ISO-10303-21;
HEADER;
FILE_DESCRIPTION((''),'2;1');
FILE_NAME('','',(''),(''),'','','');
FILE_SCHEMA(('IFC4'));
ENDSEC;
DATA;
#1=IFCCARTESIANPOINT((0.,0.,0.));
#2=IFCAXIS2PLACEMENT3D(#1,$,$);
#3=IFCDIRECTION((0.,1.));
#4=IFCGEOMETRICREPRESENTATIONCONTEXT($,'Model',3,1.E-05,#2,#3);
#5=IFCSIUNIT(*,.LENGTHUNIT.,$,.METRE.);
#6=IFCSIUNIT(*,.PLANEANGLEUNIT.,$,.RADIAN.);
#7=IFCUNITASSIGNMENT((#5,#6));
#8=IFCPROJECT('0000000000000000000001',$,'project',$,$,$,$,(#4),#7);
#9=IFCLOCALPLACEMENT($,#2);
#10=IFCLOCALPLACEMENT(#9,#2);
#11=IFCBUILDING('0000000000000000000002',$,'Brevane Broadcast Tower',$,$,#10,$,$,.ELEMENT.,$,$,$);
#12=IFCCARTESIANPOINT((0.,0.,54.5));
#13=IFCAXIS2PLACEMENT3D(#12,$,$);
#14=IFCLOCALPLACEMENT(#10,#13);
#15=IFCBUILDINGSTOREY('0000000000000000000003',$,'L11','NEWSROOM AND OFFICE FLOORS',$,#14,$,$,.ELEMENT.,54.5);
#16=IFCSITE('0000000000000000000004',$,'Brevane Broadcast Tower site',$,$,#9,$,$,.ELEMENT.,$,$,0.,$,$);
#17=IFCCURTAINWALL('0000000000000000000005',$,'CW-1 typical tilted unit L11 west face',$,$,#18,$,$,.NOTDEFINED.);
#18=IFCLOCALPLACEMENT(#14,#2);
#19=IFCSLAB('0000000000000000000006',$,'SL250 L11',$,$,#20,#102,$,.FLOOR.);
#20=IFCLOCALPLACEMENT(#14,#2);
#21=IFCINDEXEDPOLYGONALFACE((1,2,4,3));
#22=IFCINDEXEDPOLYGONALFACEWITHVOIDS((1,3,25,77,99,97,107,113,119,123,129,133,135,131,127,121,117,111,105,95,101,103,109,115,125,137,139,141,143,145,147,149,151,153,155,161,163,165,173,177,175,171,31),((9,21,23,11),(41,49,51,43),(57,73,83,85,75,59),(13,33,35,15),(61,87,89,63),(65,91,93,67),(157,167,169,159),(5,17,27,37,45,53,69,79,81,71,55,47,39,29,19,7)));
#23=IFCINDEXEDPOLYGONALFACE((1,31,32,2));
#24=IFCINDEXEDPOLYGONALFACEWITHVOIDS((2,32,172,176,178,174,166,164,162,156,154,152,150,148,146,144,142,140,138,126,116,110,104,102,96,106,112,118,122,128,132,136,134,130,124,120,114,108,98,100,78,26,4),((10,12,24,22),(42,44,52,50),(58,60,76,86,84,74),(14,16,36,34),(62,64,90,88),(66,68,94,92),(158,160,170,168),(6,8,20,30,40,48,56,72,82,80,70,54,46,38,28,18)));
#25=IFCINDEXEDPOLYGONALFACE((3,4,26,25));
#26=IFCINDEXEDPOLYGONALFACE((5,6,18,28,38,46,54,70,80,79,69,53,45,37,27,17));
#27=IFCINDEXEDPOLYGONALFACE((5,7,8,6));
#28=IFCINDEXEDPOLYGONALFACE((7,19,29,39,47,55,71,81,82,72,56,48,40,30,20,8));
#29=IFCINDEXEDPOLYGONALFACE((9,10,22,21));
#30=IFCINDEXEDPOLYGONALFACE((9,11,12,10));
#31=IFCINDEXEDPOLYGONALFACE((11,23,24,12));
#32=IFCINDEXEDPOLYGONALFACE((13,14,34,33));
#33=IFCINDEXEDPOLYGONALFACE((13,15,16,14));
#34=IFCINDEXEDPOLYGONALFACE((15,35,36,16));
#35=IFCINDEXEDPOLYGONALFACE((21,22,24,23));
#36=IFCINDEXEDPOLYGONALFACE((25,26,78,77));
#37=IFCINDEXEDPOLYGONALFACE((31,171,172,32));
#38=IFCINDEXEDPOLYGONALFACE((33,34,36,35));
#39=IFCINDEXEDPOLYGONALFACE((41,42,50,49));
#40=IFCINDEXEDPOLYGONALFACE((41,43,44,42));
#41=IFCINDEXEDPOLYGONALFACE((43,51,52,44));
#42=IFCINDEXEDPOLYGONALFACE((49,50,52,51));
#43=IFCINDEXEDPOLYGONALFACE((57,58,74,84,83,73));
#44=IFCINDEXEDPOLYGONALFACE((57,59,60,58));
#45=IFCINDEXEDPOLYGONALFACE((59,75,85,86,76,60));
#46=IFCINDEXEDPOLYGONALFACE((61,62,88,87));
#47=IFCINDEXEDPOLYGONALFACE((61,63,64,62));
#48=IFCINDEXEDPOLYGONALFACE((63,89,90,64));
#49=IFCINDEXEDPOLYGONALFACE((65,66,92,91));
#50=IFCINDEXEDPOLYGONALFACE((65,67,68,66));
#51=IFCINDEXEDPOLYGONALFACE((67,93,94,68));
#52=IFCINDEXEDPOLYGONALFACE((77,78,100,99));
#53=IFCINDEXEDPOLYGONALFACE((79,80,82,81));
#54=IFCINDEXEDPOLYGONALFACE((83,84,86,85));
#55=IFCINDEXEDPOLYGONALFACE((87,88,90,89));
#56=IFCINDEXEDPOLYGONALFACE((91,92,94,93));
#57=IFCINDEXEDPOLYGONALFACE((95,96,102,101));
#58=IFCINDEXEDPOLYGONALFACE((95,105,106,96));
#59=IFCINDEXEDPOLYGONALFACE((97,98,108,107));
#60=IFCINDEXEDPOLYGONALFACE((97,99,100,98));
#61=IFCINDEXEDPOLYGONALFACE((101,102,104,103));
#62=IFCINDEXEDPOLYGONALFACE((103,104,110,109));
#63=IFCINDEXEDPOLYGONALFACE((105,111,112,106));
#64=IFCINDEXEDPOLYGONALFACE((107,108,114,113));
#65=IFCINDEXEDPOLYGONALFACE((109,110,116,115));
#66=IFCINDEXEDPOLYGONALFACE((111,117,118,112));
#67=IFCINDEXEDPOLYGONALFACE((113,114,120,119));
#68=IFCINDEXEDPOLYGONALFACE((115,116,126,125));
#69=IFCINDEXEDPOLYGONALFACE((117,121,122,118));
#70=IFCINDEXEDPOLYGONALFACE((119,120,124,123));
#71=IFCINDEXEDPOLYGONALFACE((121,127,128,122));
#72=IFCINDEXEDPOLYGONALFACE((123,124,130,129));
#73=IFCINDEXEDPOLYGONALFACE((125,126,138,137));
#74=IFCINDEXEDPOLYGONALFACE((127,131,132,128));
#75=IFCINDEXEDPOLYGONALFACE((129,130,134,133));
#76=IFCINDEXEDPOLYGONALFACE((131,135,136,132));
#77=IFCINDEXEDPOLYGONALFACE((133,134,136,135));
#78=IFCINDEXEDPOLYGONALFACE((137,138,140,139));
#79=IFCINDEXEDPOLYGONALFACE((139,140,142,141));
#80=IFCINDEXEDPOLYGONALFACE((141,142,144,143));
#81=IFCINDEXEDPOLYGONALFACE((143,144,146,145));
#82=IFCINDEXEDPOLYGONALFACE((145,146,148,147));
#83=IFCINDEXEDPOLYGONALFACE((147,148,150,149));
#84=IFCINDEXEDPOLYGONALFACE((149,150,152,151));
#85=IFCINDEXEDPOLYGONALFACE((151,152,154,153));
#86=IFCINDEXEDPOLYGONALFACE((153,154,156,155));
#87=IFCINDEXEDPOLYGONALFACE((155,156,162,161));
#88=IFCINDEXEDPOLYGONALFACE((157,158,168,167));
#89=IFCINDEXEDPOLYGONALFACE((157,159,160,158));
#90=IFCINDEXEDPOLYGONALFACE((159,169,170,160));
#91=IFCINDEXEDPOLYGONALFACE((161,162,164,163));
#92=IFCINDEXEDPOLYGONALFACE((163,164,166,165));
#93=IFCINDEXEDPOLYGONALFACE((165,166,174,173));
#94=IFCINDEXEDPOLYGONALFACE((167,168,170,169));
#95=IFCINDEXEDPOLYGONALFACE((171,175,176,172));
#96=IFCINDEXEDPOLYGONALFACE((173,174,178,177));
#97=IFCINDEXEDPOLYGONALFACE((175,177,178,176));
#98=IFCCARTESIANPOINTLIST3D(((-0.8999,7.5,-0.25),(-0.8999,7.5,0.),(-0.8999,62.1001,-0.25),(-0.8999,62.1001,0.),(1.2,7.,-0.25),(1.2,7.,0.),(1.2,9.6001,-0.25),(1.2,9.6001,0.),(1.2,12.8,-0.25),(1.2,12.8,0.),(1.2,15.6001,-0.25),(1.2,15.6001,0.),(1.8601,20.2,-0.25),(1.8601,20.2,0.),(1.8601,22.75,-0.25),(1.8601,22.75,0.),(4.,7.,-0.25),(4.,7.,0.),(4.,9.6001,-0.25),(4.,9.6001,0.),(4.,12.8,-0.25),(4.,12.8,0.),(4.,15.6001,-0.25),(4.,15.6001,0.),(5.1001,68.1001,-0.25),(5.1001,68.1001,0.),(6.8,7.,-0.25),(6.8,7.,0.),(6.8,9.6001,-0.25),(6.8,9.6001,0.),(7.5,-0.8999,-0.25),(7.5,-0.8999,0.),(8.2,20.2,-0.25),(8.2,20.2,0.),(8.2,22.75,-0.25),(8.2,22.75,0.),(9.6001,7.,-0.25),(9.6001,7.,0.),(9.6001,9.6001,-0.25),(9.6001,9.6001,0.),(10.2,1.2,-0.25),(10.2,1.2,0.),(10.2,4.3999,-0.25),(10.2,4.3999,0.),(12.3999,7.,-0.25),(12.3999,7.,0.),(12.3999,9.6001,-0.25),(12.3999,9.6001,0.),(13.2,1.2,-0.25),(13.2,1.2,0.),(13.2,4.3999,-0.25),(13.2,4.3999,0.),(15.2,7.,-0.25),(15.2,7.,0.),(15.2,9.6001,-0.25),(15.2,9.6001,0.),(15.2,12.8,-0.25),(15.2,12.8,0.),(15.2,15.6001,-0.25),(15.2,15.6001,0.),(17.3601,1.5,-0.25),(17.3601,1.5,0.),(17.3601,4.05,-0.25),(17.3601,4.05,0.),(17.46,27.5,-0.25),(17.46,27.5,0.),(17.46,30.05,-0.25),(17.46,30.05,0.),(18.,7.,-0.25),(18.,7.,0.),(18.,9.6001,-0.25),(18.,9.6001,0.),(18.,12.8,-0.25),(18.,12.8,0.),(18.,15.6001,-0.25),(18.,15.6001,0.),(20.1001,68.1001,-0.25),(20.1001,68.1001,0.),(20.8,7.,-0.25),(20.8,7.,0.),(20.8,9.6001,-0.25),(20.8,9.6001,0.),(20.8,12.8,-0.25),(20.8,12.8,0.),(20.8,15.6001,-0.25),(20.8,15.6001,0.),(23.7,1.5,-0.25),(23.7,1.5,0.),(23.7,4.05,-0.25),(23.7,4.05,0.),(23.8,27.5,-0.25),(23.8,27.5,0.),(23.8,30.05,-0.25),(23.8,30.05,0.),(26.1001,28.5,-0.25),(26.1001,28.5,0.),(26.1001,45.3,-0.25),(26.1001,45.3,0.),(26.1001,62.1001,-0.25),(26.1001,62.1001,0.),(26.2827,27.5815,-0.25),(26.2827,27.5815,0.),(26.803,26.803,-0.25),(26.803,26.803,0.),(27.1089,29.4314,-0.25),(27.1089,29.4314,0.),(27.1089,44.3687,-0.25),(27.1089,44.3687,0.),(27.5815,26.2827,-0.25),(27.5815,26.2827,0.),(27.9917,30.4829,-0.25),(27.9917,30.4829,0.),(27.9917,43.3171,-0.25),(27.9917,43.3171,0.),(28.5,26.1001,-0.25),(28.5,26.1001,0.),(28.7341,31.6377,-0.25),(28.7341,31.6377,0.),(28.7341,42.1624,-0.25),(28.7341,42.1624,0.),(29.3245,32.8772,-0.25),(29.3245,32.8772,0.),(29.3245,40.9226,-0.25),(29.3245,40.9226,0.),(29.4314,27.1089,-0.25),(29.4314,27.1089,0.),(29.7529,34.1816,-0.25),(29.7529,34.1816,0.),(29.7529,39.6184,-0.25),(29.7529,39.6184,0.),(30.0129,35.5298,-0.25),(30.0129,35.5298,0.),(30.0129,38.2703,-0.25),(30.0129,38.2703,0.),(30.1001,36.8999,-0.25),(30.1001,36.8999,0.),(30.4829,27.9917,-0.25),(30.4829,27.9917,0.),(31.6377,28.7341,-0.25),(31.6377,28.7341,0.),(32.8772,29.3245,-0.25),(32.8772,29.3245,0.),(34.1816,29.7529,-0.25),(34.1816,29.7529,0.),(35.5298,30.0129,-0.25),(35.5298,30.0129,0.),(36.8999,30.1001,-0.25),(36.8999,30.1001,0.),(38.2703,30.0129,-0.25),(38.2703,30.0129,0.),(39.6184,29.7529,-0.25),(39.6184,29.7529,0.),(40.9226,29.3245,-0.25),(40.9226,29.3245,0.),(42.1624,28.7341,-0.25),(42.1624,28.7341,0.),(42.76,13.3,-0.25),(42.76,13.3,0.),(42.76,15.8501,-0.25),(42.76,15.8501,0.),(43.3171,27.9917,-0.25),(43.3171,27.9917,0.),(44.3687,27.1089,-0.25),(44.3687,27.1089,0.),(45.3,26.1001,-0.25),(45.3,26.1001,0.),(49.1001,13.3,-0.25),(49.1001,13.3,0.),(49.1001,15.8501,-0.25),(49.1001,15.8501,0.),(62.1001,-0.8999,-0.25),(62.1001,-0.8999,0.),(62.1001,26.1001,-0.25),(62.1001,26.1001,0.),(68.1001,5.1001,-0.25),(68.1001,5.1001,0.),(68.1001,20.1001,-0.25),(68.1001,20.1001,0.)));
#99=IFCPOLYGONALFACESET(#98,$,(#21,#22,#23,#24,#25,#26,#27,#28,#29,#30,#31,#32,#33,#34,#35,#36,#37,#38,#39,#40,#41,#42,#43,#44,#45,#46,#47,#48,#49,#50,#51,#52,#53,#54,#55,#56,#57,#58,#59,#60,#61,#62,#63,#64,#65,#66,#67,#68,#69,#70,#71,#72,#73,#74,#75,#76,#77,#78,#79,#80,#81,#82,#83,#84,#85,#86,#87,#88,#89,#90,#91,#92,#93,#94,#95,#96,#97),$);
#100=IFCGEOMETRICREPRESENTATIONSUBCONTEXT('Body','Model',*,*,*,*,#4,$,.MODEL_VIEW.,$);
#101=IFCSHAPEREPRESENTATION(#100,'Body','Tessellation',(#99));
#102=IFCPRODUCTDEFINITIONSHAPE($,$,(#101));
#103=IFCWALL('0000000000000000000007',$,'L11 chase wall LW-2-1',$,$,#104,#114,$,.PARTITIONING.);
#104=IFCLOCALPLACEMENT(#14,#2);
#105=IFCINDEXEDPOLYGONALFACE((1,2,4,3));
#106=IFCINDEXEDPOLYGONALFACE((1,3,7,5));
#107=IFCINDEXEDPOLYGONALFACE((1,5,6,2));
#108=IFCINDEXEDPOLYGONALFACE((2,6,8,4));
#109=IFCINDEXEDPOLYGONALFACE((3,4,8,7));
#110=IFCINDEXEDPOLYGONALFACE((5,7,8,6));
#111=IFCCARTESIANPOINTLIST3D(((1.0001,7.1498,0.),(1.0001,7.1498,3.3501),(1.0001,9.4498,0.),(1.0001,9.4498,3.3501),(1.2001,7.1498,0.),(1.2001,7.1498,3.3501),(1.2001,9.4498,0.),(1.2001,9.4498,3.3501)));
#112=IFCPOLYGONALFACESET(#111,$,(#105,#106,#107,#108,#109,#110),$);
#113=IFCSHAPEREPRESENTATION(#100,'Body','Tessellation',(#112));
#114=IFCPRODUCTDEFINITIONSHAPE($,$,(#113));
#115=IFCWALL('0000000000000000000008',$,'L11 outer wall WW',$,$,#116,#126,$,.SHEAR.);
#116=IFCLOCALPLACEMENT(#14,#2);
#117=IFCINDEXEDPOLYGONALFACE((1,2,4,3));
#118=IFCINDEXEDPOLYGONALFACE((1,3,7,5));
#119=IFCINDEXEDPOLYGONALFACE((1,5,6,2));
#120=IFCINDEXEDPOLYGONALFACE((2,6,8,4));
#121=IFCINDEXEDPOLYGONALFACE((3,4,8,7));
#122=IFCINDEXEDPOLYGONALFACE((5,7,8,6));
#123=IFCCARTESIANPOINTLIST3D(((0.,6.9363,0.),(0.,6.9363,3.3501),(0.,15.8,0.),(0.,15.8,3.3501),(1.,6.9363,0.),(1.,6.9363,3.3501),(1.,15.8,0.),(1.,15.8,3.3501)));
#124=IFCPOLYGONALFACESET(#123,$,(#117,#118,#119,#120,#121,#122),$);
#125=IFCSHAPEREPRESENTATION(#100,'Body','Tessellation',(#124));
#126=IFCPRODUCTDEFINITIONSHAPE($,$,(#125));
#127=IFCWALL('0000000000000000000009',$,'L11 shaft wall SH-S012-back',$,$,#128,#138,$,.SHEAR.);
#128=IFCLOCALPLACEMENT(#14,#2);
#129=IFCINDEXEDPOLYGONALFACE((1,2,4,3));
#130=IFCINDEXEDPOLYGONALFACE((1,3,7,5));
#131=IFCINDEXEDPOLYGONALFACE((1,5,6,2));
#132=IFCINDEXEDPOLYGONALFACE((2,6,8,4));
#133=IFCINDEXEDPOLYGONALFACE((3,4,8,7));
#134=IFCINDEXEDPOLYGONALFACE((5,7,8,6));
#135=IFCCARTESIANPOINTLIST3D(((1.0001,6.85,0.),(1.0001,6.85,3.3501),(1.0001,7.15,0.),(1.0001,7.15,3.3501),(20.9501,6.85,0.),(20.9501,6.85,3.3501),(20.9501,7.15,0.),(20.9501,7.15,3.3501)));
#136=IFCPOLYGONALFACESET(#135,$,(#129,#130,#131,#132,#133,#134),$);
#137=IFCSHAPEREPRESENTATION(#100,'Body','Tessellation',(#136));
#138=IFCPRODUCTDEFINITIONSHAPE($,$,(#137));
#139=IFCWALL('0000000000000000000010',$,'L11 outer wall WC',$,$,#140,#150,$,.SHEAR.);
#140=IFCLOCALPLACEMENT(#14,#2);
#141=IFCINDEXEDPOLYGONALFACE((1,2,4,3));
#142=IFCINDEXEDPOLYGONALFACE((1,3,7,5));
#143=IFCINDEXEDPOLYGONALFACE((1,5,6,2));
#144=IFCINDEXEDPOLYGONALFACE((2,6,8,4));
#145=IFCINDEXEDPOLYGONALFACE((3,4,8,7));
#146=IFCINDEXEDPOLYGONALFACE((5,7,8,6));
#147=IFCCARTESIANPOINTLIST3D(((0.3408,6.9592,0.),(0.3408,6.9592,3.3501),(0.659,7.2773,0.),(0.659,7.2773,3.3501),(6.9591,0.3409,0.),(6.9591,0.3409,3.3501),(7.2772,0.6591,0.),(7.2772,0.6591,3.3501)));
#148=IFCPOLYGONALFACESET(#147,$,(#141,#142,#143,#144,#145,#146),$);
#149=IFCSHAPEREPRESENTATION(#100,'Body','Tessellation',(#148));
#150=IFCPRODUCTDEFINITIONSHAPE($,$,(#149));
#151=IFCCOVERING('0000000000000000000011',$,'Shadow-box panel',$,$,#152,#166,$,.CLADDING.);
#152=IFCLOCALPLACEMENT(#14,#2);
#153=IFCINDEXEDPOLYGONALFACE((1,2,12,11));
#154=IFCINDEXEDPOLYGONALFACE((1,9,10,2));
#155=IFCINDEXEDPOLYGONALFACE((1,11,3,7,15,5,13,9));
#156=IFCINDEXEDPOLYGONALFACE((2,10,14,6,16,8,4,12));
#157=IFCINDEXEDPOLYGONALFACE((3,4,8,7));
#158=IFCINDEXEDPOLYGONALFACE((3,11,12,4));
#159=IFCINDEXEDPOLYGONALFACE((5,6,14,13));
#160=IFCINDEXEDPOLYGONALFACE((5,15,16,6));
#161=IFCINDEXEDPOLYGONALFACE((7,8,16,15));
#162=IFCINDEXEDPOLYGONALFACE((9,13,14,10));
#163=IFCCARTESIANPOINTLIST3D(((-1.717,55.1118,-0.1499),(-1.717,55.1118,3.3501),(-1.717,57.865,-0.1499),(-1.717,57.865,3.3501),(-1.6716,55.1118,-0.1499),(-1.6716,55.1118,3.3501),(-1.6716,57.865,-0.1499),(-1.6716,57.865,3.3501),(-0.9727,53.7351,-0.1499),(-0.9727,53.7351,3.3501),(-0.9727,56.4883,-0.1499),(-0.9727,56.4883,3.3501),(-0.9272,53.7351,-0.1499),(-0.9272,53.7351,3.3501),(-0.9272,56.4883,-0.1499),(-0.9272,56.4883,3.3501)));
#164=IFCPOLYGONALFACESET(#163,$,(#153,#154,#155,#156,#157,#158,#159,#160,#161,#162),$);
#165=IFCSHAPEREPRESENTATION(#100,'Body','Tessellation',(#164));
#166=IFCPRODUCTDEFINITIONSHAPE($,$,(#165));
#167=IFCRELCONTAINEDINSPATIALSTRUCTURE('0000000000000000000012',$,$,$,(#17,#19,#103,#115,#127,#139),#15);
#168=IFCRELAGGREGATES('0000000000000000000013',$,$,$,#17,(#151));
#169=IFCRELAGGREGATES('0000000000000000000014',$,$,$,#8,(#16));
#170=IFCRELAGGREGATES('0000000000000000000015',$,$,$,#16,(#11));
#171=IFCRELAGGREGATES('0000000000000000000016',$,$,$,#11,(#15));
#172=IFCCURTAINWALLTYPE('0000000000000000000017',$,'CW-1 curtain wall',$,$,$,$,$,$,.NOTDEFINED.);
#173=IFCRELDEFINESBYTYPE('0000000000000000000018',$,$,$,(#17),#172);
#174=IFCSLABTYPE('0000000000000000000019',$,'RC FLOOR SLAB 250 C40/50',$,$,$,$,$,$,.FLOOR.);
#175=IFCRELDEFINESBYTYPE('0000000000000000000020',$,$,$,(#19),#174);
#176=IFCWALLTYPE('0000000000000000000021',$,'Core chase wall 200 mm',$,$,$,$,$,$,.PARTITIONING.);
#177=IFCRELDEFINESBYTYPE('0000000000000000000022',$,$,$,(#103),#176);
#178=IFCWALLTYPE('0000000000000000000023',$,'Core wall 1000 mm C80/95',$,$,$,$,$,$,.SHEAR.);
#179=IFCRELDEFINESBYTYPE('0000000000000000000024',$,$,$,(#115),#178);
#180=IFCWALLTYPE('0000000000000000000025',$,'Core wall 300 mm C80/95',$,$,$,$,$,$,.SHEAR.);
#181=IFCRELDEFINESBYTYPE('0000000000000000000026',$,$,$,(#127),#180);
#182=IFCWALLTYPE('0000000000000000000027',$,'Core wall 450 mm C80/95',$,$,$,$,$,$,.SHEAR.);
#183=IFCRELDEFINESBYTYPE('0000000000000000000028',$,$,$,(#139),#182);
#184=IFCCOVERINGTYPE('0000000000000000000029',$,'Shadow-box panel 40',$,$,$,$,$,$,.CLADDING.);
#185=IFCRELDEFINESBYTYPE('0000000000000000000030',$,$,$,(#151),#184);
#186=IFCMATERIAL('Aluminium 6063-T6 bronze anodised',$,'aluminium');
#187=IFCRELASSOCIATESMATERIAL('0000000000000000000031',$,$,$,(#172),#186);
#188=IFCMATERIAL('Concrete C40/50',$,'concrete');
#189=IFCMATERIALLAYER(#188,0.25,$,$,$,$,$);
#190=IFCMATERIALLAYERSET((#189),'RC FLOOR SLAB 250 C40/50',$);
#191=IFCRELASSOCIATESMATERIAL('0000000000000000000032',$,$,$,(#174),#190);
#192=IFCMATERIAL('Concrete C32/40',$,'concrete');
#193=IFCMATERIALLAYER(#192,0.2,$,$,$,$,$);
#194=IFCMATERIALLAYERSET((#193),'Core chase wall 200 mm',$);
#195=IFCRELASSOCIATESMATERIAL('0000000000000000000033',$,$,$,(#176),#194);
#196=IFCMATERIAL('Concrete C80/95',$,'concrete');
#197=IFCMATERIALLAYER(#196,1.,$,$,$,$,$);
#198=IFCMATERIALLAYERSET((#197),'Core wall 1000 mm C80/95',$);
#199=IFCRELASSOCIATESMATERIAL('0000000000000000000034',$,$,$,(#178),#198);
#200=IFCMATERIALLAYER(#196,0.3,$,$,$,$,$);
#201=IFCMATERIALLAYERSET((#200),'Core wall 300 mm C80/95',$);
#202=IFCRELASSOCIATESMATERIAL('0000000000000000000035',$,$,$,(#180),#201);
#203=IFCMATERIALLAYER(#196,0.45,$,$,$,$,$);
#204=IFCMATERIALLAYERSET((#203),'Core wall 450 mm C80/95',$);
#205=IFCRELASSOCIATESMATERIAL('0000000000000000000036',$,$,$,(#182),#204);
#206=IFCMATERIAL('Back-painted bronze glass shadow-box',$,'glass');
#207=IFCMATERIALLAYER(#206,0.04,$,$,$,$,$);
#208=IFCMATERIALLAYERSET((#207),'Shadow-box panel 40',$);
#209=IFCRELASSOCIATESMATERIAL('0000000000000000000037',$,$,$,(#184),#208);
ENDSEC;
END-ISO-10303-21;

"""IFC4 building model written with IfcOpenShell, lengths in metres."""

from ifc_helpers import new_model, si_unit, direction, frame, frame_2d, origin, place, context, subcontext, project, spatial, polyline, rectangle, outline, extrude, material, layer, layer_set, type_object, element, aggregate, save


model = new_model("IFC4")

# Units and contexts
model_context = context("Model", 3, precision=1e-05, world=origin(), true_north=direction((0.0, 1.0)))
body_context = subcontext(model_context, "Body", "Model", "MODEL_VIEW")
ifc_project = project(units=[si_unit("LENGTHUNIT", "METRE"), si_unit("PLANEANGLEUNIT", "RADIAN")], contexts=[model_context])

# Site, building, storey
site_placement = place(None, origin())
site = spatial("IfcSite", under=ifc_project, at=site_placement, Name="Brevane Broadcast Tower site", CompositionType="ELEMENT", RefElevation=0.0)
building_placement = place(site_placement, origin())
building = spatial("IfcBuilding", under=site, at=building_placement, Name="Brevane Broadcast Tower", CompositionType="ELEMENT")
storey_placement = place(building_placement, frame((0.0, 0.0, 54.5)))
storey = spatial("IfcBuildingStorey", under=building, at=storey_placement, Name="L11", Description="NEWSROOM AND OFFICE FLOORS", CompositionType="ELEMENT", Elevation=54.5)

# Shared definitions
ifc_material_1 = material(Name="Aluminium 6063-T6 bronze anodised", Category="aluminium")
curtain_wall_type = type_object("IfcCurtainWallType", Name="CW-1 curtain wall", PredefinedType="NOTDEFINED", material=ifc_material_1)

# Curtain wall
curtain_wall_1_placement = place(storey_placement, origin())
curtain_wall_1 = element("IfcCurtainWall", 1, at=curtain_wall_1_placement, inside=storey, type_object=curtain_wall_type, Name="CW-1 typical tilted unit L11 west face", PredefinedType="NOTDEFINED")

# Slab
ifc_material_2 = material(Name="Concrete C40/50", Category="concrete")
ifc_layer_1 = layer(ifc_material_2, 0.25)
ifc_layer_set_1 = layer_set([ifc_layer_1], Name="RC FLOOR SLAB 250 C40/50")
slab_type_1 = type_object("IfcSlabType", Name="RC FLOOR SLAB 250 C40/50", PredefinedType="FLOOR", material=ifc_layer_set_1)
slab_1_placement = place(storey_placement, frame((0.0, 0.0, -0.25)))
element("IfcSlab", 2, at=slab_1_placement, inside=storey, type_object=slab_type_1, Name="SL250 L11", PredefinedType="FLOOR", context=body_context, shape_type="SweptSolid", body=[
    extrude(outline(polyline([(-0.8999, 7.5), (-0.8999, 62.1001), (5.1001, 68.1001), (20.1001, 68.1001), (26.1001, 62.1001), (26.1001, 45.3), (27.1089, 44.3687), (27.9917, 43.3171), (28.7341, 42.1624), (29.3245, 40.9226), (29.7529, 39.6184), (30.0129, 38.2703), (30.1001, 36.8999), (30.0129, 35.5298), (29.7529, 34.1816), (29.3245, 32.8772), (28.7341, 31.6377), (27.9917, 30.4829), (27.1089, 29.4314), (26.1001, 28.5), (26.2827, 27.5815), (26.803, 26.803), (27.5815, 26.2827), (28.5, 26.1001), (29.4314, 27.1089), (30.4829, 27.9917), (31.6377, 28.7341), (32.8772, 29.3245), (34.1816, 29.7529), (35.5298, 30.0129), (36.8999, 30.1001), (38.2703, 30.0129), (39.6184, 29.7529), (40.9226, 29.3245), (42.1624, 28.7341), (43.3171, 27.9917), (44.3687, 27.1089), (45.3, 26.1001), (62.1001, 26.1001), (68.1001, 20.1001), (68.1001, 5.1001), (62.1001, -0.8999), (7.5, -0.8999), (-0.8999, 7.5)]), holes=[polyline([(13.2, 4.3999), (10.2, 4.3999), (10.2, 1.2), (13.2, 1.2), (13.2, 4.3999)]), polyline([(4.0, 9.6001), (1.2, 9.6001), (1.2, 7.0), (4.0, 7.0), (6.8, 7.0), (9.6001, 7.0), (12.3999, 7.0), (15.2, 7.0), (18.0, 7.0), (20.8, 7.0), (20.8, 9.6001), (18.0, 9.6001), (15.2, 9.6001), (12.3999, 9.6001), (9.6001, 9.6001), (6.8, 9.6001), (4.0, 9.6001)]), polyline([(4.0, 12.8), (4.0, 15.6001), (1.2, 15.6001), (1.2, 12.8), (4.0, 12.8)]), polyline([(8.2, 22.75), (1.8601, 22.75), (1.8601, 20.2), (8.2, 20.2), (8.2, 22.75)]), polyline([(23.7, 4.05), (17.3601, 4.05), (17.3601, 1.5), (23.7, 1.5), (23.7, 4.05)]), polyline([(18.0, 15.6001), (15.2, 15.6001), (15.2, 12.8), (18.0, 12.8), (20.8, 12.8), (20.8, 15.6001), (18.0, 15.6001)]), polyline([(49.1001, 15.8501), (42.76, 15.8501), (42.76, 13.3), (49.1001, 13.3), (49.1001, 15.8501)]), polyline([(23.8, 30.05), (17.46, 30.05), (17.46, 27.5), (23.8, 27.5), (23.8, 30.05)])]), origin(), (0.0, 0.0, 1.0), 0.25),
])

# Walls
ifc_material_3 = material(Name="Concrete C32/40", Category="concrete")
ifc_layer_2 = layer(ifc_material_3, 0.2)
ifc_layer_set_2 = layer_set([ifc_layer_2], Name="Core chase wall 200 mm")
wall_type_1 = type_object("IfcWallType", Name="Core chase wall 200 mm", PredefinedType="PARTITIONING", material=ifc_layer_set_2)
wall_1_placement = place(storey_placement, frame((1.1001, 7.1499, 0.0), z_axis=(0.0, 0.0, 1.0), x_axis=(0.0, 1.0, 0.0)))
element("IfcWall", 3, at=wall_1_placement, inside=storey, type_object=wall_type_1, Name="L11 chase wall LW-2-1", PredefinedType="PARTITIONING", context=body_context, shape_type="SweptSolid", body=[
    extrude(rectangle(XDim=2.3, YDim=0.2, at=frame_2d((1.1499, 0.0))), origin(), (0.0, 0.0, 1.0), 3.3501),
])
ifc_material_4 = material(Name="Concrete C80/95", Category="concrete")
ifc_layer_3 = layer(ifc_material_4, 1.0)
ifc_layer_set_3 = layer_set([ifc_layer_3], Name="Core wall 1000 mm C80/95")
wall_type_2 = type_object("IfcWallType", Name="Core wall 1000 mm C80/95", PredefinedType="SHEAR", material=ifc_layer_set_3)
wall_2_placement = place(storey_placement, frame((0.5, 6.9363, 0.0), z_axis=(0.0, 0.0, 1.0), x_axis=(0.0, 1.0, 0.0)))
element("IfcWall", 4, at=wall_2_placement, inside=storey, type_object=wall_type_2, Name="L11 outer wall WW", PredefinedType="SHEAR", context=body_context, shape_type="SweptSolid", body=[
    extrude(rectangle(XDim=8.8638, YDim=1.0, at=frame_2d((4.4319, 0.0))), origin(), (0.0, 0.0, 1.0), 3.3501),
])
ifc_layer_4 = layer(ifc_material_4, 0.3)
ifc_layer_set_4 = layer_set([ifc_layer_4], Name="Core wall 300 mm C80/95")
wall_type_3 = type_object("IfcWallType", Name="Core wall 300 mm C80/95", PredefinedType="SHEAR", material=ifc_layer_set_4)
wall_3_placement = place(storey_placement, frame((1.0, 7.0, 0.0), z_axis=(0.0, 0.0, 1.0), x_axis=(1.0, 0.0, 0.0)))
element("IfcWall", 5, at=wall_3_placement, inside=storey, type_object=wall_type_3, Name="L11 shaft wall SH-S012-back", PredefinedType="SHEAR", context=body_context, shape_type="SweptSolid", body=[
    extrude(rectangle(XDim=19.95, YDim=0.3, at=frame_2d((9.9751, 0.0))), origin(), (0.0, 0.0, 1.0), 3.3501),
])
ifc_layer_5 = layer(ifc_material_4, 0.45)
ifc_layer_set_5 = layer_set([ifc_layer_5], Name="Core wall 450 mm C80/95")
wall_type_4 = type_object("IfcWallType", Name="Core wall 450 mm C80/95", PredefinedType="SHEAR", material=ifc_layer_set_5)
wall_4_placement = place(storey_placement, frame((0.5, 7.1182, 0.0), z_axis=(0.0, 0.0, 1.0), x_axis=(0.707107, -0.707107, 0.0)))
element("IfcWall", 6, at=wall_4_placement, inside=storey, type_object=wall_type_4, Name="L11 outer wall WC", PredefinedType="SHEAR", context=body_context, shape_type="SweptSolid", body=[
    extrude(rectangle(XDim=9.3596, YDim=0.45, at=frame_2d((4.6797, 0.0))), origin(), (0.0, 0.0, 1.0), 3.3501),
])

# Covering
ifc_material_5 = material(Name="Back-painted bronze glass shadow-box", Category="glass")
ifc_layer_6 = layer(ifc_material_5, 0.04)
ifc_layer_set_6 = layer_set([ifc_layer_6], Name="Shadow-box panel 40")
covering_type = type_object("IfcCoveringType", Name="Shadow-box panel 40", PredefinedType="CLADDING", material=ifc_layer_set_6)
covering_1_placement = place(storey_placement, frame((0.0, 0.0, -0.1499)))
covering_1 = element("IfcCovering", 7, at=covering_1_placement, type_object=covering_type, Name="Shadow-box panel", PredefinedType="CLADDING", context=body_context, shape_type="SweptSolid", body=[
    extrude(outline(polyline([(-1.6716, 57.865), (-1.717, 57.865), (-0.9727, 56.4883), (-1.717, 55.1118), (-0.9727, 53.7351), (-0.9272, 53.7351), (-1.6716, 55.1118), (-0.9272, 56.4883), (-1.6716, 57.865)])), origin(), (0.0, 0.0, 1.0), 3.5),
])
aggregate(curtain_wall_1, [covering_1])

save(model, "model.ifc")
